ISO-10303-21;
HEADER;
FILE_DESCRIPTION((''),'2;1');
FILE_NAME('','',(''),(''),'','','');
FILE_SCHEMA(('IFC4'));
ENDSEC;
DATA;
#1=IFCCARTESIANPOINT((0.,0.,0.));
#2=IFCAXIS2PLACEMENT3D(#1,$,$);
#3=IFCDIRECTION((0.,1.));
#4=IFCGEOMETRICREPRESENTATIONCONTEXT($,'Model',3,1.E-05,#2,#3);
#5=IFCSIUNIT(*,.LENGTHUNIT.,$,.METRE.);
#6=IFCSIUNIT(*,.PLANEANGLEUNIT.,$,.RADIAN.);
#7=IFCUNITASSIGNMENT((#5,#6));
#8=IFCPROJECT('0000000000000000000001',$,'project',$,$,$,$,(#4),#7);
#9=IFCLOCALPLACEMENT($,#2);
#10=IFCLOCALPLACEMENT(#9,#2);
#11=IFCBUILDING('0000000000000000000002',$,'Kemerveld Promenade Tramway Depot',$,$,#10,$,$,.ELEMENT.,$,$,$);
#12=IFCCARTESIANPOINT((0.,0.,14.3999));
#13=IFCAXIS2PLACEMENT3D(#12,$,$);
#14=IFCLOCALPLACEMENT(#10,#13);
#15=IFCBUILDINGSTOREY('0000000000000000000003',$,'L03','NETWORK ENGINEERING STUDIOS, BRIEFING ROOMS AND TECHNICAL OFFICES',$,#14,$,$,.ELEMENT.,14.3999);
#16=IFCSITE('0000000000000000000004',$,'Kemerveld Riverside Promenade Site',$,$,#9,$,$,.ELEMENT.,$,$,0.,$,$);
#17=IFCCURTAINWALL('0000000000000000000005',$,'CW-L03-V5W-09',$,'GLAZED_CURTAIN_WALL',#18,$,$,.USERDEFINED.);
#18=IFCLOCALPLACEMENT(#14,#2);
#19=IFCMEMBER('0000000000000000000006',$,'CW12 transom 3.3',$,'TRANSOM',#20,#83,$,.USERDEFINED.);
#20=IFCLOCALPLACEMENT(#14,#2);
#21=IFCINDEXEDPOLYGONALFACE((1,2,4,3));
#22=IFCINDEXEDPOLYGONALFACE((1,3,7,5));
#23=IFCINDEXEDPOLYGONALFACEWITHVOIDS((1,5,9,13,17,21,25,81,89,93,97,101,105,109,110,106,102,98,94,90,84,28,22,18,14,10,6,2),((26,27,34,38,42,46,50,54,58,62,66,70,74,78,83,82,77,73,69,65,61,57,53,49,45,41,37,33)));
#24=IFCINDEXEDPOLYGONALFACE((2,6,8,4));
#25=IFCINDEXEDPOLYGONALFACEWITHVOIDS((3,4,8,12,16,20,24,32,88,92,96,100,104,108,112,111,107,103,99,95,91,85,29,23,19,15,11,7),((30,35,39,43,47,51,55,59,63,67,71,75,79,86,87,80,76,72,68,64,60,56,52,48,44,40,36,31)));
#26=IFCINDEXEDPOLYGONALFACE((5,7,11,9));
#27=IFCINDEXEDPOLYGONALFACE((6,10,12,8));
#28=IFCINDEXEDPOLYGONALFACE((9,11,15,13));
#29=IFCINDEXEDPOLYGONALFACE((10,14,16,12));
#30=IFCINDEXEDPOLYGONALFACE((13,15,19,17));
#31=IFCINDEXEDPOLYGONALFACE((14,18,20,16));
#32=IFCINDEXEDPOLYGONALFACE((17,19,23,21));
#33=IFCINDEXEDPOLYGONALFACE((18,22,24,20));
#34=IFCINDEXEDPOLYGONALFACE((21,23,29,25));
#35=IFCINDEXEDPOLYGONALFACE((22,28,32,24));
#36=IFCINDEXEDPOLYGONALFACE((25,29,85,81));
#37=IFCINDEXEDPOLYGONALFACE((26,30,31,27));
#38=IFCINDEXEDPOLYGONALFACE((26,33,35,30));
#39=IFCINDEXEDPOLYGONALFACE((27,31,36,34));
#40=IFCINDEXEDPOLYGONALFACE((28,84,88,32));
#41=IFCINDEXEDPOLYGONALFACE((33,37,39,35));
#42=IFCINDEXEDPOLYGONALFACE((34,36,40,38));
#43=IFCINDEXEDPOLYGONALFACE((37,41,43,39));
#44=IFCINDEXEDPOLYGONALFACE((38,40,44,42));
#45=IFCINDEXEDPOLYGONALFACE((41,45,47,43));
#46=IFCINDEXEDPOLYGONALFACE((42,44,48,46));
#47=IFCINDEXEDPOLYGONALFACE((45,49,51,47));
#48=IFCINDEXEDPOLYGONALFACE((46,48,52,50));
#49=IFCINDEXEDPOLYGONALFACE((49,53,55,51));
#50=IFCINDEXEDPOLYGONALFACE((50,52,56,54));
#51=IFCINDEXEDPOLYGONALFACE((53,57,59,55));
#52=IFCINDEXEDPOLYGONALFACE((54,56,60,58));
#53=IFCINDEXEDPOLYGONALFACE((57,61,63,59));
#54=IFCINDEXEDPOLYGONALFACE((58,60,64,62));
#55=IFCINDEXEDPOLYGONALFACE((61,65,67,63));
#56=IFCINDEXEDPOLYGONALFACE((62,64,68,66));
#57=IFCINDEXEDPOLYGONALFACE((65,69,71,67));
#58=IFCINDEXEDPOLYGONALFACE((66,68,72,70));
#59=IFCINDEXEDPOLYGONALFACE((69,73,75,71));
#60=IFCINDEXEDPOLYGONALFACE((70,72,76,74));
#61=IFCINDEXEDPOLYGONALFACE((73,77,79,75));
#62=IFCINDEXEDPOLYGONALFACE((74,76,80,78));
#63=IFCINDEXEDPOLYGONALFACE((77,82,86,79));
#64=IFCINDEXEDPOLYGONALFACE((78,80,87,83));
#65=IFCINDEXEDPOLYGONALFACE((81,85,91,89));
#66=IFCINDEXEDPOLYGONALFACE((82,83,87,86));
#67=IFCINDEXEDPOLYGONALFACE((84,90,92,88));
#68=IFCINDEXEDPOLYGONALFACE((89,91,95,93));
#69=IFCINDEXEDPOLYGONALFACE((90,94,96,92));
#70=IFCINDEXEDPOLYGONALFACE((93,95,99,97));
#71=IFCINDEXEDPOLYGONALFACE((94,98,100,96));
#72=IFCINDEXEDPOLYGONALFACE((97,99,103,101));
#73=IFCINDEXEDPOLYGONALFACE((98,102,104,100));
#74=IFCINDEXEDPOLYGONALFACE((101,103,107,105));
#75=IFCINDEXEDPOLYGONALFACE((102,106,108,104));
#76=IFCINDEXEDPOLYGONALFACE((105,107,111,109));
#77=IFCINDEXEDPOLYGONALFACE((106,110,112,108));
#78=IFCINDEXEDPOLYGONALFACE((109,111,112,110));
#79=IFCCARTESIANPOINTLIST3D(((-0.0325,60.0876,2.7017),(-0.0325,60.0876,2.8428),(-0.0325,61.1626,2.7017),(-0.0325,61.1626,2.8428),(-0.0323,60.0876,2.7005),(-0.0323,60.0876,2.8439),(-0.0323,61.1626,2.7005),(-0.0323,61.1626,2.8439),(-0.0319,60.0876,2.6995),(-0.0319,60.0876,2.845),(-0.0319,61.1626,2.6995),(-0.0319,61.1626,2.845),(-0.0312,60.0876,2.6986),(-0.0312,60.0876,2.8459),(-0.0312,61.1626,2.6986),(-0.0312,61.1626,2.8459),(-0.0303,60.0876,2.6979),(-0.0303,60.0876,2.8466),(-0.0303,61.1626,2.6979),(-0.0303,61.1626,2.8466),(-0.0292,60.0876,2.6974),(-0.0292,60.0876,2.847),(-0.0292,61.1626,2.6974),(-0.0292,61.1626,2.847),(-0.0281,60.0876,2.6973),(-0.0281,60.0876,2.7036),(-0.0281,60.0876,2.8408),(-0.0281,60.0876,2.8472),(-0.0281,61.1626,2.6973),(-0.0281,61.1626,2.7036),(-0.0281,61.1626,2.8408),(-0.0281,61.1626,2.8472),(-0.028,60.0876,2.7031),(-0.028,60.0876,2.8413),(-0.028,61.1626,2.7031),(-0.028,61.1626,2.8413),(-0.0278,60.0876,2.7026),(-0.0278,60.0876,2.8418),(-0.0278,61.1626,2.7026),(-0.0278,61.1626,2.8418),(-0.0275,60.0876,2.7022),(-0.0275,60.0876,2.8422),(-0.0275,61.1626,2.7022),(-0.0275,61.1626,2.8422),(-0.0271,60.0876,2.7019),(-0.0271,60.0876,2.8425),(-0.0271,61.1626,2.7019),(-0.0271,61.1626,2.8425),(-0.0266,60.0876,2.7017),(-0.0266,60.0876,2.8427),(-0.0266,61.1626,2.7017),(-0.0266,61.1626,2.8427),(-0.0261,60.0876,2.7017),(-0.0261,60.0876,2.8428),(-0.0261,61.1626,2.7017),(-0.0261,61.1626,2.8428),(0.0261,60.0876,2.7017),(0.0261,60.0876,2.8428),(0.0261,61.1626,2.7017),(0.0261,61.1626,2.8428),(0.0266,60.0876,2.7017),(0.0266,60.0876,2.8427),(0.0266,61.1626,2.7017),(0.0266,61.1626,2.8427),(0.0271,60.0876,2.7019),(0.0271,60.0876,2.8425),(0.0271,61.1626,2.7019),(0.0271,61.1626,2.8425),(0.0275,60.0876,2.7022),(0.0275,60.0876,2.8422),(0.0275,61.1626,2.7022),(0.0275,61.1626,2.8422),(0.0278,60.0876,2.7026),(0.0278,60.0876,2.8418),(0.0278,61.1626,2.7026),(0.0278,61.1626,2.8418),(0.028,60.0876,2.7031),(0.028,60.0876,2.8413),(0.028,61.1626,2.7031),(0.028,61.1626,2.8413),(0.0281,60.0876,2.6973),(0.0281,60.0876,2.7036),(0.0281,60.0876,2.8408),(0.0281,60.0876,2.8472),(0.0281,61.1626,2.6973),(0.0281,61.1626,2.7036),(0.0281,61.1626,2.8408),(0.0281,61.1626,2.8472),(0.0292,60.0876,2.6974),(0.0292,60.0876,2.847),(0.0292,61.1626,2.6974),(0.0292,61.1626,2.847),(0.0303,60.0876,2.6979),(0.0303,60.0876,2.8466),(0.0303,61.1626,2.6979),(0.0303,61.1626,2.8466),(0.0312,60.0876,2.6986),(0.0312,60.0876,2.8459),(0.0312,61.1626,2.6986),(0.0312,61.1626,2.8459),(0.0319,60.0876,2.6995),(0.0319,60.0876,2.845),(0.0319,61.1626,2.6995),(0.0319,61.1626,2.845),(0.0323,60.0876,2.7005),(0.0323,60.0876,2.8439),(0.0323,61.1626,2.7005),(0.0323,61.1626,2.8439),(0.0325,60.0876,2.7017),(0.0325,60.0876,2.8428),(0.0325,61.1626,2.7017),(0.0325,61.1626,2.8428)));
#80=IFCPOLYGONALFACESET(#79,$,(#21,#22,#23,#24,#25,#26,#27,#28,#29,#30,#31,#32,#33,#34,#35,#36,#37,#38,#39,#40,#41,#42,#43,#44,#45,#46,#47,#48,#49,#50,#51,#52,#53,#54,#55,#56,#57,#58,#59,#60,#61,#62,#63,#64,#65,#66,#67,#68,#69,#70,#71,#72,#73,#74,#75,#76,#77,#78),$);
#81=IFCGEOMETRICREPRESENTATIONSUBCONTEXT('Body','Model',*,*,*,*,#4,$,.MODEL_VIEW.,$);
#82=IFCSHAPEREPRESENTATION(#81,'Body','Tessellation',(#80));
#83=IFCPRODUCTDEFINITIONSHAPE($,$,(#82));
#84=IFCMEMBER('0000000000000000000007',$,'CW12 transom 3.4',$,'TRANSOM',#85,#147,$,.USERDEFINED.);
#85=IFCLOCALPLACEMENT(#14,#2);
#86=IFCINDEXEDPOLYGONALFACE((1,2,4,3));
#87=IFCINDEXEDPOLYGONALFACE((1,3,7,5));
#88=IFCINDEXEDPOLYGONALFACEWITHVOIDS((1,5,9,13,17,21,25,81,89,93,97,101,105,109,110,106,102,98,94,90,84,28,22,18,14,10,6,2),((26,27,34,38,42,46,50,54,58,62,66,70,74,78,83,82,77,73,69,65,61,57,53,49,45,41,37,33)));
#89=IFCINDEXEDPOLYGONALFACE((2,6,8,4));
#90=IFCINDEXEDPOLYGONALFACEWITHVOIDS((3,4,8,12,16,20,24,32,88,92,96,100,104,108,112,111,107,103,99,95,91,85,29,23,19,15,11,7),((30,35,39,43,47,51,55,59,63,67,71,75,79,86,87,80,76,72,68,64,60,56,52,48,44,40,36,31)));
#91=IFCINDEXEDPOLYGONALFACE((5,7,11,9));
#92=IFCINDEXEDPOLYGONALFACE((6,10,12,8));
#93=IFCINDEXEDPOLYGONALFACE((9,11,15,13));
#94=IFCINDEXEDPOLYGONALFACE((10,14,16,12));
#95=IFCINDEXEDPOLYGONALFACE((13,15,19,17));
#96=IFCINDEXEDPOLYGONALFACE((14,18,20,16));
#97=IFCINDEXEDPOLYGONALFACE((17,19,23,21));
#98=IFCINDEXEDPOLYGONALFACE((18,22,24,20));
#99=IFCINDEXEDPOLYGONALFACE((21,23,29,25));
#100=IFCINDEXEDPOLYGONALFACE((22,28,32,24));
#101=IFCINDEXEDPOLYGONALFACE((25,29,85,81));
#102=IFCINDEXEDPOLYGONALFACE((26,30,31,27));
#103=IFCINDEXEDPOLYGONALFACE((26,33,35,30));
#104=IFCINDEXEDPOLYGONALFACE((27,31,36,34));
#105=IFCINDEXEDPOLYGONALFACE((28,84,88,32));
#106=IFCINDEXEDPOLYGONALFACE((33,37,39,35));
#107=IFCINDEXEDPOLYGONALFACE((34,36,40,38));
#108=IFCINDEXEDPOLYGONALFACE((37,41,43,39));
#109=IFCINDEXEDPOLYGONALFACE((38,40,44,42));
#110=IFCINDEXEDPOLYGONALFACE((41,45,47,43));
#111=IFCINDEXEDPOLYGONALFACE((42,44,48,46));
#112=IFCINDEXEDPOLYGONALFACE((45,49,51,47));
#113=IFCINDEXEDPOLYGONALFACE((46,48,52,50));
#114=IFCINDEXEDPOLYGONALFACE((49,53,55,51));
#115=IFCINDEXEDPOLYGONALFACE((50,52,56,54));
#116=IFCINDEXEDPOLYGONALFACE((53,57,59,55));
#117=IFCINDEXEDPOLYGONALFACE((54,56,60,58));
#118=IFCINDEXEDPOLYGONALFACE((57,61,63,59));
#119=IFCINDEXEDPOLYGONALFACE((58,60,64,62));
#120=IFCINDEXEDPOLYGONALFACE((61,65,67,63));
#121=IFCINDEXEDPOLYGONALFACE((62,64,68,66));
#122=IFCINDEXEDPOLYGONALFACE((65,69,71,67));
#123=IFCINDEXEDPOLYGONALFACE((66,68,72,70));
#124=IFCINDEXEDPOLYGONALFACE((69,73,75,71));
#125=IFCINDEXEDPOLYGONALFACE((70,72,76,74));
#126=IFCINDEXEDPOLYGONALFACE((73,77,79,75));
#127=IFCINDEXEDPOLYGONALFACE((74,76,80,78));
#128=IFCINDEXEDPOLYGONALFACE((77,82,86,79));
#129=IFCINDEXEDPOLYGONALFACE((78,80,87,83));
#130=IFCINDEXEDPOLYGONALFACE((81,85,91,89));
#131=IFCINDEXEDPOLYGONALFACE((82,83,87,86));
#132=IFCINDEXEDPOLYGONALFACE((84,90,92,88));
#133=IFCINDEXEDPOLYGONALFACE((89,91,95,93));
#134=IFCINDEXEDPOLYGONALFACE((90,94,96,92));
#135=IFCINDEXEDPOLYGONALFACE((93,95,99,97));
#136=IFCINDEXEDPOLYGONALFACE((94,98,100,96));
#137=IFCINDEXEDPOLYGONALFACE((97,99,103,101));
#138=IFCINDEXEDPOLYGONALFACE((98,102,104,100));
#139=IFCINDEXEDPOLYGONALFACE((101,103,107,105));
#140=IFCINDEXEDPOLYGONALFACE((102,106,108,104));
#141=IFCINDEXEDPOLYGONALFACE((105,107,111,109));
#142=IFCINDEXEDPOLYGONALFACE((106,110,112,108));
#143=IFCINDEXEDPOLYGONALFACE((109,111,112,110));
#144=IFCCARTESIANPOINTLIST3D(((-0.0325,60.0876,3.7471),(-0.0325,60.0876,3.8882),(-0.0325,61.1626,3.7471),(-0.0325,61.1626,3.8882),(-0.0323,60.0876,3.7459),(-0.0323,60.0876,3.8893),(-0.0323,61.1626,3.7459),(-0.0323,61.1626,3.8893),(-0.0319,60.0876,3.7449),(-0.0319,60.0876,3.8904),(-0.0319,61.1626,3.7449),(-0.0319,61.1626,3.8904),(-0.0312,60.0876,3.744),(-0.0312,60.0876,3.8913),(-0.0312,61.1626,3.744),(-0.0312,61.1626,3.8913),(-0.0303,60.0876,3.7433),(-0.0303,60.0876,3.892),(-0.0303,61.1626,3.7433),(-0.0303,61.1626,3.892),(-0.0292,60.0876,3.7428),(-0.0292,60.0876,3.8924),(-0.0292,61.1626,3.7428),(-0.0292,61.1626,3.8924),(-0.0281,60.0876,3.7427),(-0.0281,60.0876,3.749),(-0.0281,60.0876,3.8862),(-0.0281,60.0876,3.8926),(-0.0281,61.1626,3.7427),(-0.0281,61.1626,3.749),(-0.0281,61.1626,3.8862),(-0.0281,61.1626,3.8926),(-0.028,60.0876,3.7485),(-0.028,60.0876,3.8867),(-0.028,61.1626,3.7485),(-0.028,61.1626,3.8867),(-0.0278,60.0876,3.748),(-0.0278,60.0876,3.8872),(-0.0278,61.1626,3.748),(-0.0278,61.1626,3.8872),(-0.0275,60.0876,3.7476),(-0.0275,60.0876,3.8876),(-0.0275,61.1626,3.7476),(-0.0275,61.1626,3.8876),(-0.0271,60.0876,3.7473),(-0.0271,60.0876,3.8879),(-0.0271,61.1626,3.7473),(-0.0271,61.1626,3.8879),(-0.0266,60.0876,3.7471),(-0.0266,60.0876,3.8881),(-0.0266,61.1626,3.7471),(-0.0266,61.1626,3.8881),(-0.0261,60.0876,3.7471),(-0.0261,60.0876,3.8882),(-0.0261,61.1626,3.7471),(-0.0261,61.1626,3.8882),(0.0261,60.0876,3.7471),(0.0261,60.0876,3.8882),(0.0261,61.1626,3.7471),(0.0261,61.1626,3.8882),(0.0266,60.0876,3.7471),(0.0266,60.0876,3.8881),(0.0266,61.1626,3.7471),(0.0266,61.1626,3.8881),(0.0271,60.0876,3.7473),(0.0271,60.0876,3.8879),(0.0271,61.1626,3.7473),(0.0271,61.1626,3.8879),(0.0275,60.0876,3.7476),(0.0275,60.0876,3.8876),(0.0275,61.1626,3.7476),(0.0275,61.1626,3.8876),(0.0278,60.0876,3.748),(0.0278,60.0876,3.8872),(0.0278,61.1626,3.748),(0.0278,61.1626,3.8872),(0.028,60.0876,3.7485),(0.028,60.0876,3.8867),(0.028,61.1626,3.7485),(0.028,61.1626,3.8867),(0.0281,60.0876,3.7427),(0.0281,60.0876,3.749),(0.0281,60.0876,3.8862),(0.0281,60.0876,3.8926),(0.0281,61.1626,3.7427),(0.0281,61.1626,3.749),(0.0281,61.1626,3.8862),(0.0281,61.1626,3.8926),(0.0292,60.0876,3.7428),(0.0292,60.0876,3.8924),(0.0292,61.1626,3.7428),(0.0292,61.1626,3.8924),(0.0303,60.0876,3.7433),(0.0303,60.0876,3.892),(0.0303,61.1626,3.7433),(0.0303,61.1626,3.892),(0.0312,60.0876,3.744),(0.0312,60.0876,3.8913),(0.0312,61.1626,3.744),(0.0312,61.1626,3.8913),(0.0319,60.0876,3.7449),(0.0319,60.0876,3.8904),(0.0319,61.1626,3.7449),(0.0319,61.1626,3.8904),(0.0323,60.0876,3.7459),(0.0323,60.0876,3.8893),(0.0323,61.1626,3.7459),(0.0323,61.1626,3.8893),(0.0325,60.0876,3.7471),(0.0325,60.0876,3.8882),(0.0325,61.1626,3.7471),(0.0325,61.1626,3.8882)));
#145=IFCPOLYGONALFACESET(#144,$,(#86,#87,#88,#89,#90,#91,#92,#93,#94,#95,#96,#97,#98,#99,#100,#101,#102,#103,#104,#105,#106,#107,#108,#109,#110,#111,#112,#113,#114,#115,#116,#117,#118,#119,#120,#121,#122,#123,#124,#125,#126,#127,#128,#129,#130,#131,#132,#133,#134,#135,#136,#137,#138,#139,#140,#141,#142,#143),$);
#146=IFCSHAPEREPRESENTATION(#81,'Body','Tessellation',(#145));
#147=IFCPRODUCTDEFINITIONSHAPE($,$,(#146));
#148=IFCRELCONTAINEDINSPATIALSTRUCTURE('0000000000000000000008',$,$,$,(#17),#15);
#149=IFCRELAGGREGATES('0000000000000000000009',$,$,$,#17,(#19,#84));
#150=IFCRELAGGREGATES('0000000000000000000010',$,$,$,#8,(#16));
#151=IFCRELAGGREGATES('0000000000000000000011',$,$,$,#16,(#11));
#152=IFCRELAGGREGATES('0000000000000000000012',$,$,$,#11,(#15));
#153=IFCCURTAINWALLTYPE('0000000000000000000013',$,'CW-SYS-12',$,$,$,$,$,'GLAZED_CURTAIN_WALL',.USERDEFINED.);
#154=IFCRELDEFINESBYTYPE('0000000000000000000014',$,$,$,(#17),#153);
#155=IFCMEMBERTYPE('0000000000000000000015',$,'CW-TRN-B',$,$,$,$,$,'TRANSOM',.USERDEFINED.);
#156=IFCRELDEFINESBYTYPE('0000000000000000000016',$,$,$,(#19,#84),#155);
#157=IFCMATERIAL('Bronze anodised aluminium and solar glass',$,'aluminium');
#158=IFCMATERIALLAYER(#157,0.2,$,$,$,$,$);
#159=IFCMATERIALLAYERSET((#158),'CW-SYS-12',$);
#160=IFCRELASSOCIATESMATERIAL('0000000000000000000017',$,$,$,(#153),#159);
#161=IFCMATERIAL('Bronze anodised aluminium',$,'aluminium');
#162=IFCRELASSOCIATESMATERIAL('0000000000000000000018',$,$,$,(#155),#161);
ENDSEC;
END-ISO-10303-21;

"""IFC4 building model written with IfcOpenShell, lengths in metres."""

from ifc_helpers import new_model, si_unit, direction, frame, origin, origin_2d, place, context, subcontext, project, spatial, hollow_rectangle, extrude, material, layer, layer_set, material_profile, profile_set, type_object, element, aggregate, save


model = new_model("IFC4")

# Units and contexts
model_context = context("Model", 3, precision=1e-05, world=origin(), true_north=direction((0.0, 1.0)))
body_context = subcontext(model_context, "Body", "Model", "MODEL_VIEW")
ifc_project = project(units=[si_unit("LENGTHUNIT", "METRE"), si_unit("PLANEANGLEUNIT", "RADIAN")], contexts=[model_context])

# Site, building, storey
site_placement = place(None, origin())
site = spatial("IfcSite", under=ifc_project, at=site_placement, Name="Kemerveld Riverside Promenade Site", CompositionType="ELEMENT", RefElevation=0.0)
building_placement = place(site_placement, origin())
building = spatial("IfcBuilding", under=site, at=building_placement, Name="Kemerveld Promenade Tramway Depot", CompositionType="ELEMENT")
storey_placement = place(building_placement, frame((0.0, 0.0, 14.3999)))
storey = spatial("IfcBuildingStorey", under=building, at=storey_placement, Name="L03", Description="NETWORK ENGINEERING STUDIOS, BRIEFING ROOMS AND TECHNICAL OFFICES", CompositionType="ELEMENT", Elevation=14.3999)

# Curtain wall, members
ifc_material_1 = material(Name="Bronze anodised aluminium and solar glass", Category="aluminium")
ifc_layer_1 = layer(ifc_material_1, 0.2)
ifc_layer_set_1 = layer_set([ifc_layer_1], Name="CW-SYS-12")
curtain_wall_type = type_object("IfcCurtainWallType", Name="CW-SYS-12", ElementType="GLAZED_CURTAIN_WALL", PredefinedType="USERDEFINED", material=ifc_layer_set_1)
curtain_wall_placement = place(storey_placement, origin())
curtain_wall = element("IfcCurtainWall", 1, at=curtain_wall_placement, inside=storey, type_object=curtain_wall_type, Name="CW-L03-V5W-09", ObjectType="GLAZED_CURTAIN_WALL", PredefinedType="USERDEFINED")
ifc_material_2 = material(Name="Bronze anodised aluminium", Category="aluminium")
ifc_material_profile_1 = material_profile(ifc_material_2, hollow_rectangle(XDim=0.0649, YDim=0.1499, WallThickness=0.0044, InnerFilletRadius=0.002, OuterFilletRadius=0.0044, at=origin_2d()), Name="CW-TRN-150x65")
ifc_profile_set_1 = profile_set([ifc_material_profile_1], Name="Bronze anodised aluminium")
member_type_1 = type_object("IfcMemberType", Name="CW-TRN-B", ElementType="TRANSOM", PredefinedType="USERDEFINED", material=ifc_profile_set_1)
member_1_placement = place(storey_placement, frame((0.0, 60.0876, 2.7722), z_axis=(0.0, 1.0, 0.0), x_axis=(-1.0, 0.0, 0.0)))
member_1 = element("IfcMember", 2, at=member_1_placement, type_object=member_type_1, Name="CW12 transom 3.3", ObjectType="TRANSOM", PredefinedType="USERDEFINED", context=body_context, shape_type="SweptSolid", body=[
    extrude(hollow_rectangle(XDim=0.0649, YDim=0.1499, WallThickness=0.0044, InnerFilletRadius=0.002, OuterFilletRadius=0.0044, at=origin_2d()), origin(), (0.0, 0.0, 1.0), 1.075),
])
member_2_placement = place(storey_placement, frame((0.0, 60.0876, 3.8176), z_axis=(0.0, 1.0, 0.0), x_axis=(-1.0, 0.0, 0.0)))
member_2 = element("IfcMember", 3, at=member_2_placement, type_object=member_type_1, Name="CW12 transom 3.4", ObjectType="TRANSOM", PredefinedType="USERDEFINED", context=body_context, shape_type="SweptSolid", body=[
    extrude(hollow_rectangle(XDim=0.0649, YDim=0.1499, WallThickness=0.0044, InnerFilletRadius=0.002, OuterFilletRadius=0.0044, at=origin_2d()), origin(), (0.0, 0.0, 1.0), 1.075),
])
aggregate(curtain_wall, [member_1, member_2])

save(model, "model.ifc")
